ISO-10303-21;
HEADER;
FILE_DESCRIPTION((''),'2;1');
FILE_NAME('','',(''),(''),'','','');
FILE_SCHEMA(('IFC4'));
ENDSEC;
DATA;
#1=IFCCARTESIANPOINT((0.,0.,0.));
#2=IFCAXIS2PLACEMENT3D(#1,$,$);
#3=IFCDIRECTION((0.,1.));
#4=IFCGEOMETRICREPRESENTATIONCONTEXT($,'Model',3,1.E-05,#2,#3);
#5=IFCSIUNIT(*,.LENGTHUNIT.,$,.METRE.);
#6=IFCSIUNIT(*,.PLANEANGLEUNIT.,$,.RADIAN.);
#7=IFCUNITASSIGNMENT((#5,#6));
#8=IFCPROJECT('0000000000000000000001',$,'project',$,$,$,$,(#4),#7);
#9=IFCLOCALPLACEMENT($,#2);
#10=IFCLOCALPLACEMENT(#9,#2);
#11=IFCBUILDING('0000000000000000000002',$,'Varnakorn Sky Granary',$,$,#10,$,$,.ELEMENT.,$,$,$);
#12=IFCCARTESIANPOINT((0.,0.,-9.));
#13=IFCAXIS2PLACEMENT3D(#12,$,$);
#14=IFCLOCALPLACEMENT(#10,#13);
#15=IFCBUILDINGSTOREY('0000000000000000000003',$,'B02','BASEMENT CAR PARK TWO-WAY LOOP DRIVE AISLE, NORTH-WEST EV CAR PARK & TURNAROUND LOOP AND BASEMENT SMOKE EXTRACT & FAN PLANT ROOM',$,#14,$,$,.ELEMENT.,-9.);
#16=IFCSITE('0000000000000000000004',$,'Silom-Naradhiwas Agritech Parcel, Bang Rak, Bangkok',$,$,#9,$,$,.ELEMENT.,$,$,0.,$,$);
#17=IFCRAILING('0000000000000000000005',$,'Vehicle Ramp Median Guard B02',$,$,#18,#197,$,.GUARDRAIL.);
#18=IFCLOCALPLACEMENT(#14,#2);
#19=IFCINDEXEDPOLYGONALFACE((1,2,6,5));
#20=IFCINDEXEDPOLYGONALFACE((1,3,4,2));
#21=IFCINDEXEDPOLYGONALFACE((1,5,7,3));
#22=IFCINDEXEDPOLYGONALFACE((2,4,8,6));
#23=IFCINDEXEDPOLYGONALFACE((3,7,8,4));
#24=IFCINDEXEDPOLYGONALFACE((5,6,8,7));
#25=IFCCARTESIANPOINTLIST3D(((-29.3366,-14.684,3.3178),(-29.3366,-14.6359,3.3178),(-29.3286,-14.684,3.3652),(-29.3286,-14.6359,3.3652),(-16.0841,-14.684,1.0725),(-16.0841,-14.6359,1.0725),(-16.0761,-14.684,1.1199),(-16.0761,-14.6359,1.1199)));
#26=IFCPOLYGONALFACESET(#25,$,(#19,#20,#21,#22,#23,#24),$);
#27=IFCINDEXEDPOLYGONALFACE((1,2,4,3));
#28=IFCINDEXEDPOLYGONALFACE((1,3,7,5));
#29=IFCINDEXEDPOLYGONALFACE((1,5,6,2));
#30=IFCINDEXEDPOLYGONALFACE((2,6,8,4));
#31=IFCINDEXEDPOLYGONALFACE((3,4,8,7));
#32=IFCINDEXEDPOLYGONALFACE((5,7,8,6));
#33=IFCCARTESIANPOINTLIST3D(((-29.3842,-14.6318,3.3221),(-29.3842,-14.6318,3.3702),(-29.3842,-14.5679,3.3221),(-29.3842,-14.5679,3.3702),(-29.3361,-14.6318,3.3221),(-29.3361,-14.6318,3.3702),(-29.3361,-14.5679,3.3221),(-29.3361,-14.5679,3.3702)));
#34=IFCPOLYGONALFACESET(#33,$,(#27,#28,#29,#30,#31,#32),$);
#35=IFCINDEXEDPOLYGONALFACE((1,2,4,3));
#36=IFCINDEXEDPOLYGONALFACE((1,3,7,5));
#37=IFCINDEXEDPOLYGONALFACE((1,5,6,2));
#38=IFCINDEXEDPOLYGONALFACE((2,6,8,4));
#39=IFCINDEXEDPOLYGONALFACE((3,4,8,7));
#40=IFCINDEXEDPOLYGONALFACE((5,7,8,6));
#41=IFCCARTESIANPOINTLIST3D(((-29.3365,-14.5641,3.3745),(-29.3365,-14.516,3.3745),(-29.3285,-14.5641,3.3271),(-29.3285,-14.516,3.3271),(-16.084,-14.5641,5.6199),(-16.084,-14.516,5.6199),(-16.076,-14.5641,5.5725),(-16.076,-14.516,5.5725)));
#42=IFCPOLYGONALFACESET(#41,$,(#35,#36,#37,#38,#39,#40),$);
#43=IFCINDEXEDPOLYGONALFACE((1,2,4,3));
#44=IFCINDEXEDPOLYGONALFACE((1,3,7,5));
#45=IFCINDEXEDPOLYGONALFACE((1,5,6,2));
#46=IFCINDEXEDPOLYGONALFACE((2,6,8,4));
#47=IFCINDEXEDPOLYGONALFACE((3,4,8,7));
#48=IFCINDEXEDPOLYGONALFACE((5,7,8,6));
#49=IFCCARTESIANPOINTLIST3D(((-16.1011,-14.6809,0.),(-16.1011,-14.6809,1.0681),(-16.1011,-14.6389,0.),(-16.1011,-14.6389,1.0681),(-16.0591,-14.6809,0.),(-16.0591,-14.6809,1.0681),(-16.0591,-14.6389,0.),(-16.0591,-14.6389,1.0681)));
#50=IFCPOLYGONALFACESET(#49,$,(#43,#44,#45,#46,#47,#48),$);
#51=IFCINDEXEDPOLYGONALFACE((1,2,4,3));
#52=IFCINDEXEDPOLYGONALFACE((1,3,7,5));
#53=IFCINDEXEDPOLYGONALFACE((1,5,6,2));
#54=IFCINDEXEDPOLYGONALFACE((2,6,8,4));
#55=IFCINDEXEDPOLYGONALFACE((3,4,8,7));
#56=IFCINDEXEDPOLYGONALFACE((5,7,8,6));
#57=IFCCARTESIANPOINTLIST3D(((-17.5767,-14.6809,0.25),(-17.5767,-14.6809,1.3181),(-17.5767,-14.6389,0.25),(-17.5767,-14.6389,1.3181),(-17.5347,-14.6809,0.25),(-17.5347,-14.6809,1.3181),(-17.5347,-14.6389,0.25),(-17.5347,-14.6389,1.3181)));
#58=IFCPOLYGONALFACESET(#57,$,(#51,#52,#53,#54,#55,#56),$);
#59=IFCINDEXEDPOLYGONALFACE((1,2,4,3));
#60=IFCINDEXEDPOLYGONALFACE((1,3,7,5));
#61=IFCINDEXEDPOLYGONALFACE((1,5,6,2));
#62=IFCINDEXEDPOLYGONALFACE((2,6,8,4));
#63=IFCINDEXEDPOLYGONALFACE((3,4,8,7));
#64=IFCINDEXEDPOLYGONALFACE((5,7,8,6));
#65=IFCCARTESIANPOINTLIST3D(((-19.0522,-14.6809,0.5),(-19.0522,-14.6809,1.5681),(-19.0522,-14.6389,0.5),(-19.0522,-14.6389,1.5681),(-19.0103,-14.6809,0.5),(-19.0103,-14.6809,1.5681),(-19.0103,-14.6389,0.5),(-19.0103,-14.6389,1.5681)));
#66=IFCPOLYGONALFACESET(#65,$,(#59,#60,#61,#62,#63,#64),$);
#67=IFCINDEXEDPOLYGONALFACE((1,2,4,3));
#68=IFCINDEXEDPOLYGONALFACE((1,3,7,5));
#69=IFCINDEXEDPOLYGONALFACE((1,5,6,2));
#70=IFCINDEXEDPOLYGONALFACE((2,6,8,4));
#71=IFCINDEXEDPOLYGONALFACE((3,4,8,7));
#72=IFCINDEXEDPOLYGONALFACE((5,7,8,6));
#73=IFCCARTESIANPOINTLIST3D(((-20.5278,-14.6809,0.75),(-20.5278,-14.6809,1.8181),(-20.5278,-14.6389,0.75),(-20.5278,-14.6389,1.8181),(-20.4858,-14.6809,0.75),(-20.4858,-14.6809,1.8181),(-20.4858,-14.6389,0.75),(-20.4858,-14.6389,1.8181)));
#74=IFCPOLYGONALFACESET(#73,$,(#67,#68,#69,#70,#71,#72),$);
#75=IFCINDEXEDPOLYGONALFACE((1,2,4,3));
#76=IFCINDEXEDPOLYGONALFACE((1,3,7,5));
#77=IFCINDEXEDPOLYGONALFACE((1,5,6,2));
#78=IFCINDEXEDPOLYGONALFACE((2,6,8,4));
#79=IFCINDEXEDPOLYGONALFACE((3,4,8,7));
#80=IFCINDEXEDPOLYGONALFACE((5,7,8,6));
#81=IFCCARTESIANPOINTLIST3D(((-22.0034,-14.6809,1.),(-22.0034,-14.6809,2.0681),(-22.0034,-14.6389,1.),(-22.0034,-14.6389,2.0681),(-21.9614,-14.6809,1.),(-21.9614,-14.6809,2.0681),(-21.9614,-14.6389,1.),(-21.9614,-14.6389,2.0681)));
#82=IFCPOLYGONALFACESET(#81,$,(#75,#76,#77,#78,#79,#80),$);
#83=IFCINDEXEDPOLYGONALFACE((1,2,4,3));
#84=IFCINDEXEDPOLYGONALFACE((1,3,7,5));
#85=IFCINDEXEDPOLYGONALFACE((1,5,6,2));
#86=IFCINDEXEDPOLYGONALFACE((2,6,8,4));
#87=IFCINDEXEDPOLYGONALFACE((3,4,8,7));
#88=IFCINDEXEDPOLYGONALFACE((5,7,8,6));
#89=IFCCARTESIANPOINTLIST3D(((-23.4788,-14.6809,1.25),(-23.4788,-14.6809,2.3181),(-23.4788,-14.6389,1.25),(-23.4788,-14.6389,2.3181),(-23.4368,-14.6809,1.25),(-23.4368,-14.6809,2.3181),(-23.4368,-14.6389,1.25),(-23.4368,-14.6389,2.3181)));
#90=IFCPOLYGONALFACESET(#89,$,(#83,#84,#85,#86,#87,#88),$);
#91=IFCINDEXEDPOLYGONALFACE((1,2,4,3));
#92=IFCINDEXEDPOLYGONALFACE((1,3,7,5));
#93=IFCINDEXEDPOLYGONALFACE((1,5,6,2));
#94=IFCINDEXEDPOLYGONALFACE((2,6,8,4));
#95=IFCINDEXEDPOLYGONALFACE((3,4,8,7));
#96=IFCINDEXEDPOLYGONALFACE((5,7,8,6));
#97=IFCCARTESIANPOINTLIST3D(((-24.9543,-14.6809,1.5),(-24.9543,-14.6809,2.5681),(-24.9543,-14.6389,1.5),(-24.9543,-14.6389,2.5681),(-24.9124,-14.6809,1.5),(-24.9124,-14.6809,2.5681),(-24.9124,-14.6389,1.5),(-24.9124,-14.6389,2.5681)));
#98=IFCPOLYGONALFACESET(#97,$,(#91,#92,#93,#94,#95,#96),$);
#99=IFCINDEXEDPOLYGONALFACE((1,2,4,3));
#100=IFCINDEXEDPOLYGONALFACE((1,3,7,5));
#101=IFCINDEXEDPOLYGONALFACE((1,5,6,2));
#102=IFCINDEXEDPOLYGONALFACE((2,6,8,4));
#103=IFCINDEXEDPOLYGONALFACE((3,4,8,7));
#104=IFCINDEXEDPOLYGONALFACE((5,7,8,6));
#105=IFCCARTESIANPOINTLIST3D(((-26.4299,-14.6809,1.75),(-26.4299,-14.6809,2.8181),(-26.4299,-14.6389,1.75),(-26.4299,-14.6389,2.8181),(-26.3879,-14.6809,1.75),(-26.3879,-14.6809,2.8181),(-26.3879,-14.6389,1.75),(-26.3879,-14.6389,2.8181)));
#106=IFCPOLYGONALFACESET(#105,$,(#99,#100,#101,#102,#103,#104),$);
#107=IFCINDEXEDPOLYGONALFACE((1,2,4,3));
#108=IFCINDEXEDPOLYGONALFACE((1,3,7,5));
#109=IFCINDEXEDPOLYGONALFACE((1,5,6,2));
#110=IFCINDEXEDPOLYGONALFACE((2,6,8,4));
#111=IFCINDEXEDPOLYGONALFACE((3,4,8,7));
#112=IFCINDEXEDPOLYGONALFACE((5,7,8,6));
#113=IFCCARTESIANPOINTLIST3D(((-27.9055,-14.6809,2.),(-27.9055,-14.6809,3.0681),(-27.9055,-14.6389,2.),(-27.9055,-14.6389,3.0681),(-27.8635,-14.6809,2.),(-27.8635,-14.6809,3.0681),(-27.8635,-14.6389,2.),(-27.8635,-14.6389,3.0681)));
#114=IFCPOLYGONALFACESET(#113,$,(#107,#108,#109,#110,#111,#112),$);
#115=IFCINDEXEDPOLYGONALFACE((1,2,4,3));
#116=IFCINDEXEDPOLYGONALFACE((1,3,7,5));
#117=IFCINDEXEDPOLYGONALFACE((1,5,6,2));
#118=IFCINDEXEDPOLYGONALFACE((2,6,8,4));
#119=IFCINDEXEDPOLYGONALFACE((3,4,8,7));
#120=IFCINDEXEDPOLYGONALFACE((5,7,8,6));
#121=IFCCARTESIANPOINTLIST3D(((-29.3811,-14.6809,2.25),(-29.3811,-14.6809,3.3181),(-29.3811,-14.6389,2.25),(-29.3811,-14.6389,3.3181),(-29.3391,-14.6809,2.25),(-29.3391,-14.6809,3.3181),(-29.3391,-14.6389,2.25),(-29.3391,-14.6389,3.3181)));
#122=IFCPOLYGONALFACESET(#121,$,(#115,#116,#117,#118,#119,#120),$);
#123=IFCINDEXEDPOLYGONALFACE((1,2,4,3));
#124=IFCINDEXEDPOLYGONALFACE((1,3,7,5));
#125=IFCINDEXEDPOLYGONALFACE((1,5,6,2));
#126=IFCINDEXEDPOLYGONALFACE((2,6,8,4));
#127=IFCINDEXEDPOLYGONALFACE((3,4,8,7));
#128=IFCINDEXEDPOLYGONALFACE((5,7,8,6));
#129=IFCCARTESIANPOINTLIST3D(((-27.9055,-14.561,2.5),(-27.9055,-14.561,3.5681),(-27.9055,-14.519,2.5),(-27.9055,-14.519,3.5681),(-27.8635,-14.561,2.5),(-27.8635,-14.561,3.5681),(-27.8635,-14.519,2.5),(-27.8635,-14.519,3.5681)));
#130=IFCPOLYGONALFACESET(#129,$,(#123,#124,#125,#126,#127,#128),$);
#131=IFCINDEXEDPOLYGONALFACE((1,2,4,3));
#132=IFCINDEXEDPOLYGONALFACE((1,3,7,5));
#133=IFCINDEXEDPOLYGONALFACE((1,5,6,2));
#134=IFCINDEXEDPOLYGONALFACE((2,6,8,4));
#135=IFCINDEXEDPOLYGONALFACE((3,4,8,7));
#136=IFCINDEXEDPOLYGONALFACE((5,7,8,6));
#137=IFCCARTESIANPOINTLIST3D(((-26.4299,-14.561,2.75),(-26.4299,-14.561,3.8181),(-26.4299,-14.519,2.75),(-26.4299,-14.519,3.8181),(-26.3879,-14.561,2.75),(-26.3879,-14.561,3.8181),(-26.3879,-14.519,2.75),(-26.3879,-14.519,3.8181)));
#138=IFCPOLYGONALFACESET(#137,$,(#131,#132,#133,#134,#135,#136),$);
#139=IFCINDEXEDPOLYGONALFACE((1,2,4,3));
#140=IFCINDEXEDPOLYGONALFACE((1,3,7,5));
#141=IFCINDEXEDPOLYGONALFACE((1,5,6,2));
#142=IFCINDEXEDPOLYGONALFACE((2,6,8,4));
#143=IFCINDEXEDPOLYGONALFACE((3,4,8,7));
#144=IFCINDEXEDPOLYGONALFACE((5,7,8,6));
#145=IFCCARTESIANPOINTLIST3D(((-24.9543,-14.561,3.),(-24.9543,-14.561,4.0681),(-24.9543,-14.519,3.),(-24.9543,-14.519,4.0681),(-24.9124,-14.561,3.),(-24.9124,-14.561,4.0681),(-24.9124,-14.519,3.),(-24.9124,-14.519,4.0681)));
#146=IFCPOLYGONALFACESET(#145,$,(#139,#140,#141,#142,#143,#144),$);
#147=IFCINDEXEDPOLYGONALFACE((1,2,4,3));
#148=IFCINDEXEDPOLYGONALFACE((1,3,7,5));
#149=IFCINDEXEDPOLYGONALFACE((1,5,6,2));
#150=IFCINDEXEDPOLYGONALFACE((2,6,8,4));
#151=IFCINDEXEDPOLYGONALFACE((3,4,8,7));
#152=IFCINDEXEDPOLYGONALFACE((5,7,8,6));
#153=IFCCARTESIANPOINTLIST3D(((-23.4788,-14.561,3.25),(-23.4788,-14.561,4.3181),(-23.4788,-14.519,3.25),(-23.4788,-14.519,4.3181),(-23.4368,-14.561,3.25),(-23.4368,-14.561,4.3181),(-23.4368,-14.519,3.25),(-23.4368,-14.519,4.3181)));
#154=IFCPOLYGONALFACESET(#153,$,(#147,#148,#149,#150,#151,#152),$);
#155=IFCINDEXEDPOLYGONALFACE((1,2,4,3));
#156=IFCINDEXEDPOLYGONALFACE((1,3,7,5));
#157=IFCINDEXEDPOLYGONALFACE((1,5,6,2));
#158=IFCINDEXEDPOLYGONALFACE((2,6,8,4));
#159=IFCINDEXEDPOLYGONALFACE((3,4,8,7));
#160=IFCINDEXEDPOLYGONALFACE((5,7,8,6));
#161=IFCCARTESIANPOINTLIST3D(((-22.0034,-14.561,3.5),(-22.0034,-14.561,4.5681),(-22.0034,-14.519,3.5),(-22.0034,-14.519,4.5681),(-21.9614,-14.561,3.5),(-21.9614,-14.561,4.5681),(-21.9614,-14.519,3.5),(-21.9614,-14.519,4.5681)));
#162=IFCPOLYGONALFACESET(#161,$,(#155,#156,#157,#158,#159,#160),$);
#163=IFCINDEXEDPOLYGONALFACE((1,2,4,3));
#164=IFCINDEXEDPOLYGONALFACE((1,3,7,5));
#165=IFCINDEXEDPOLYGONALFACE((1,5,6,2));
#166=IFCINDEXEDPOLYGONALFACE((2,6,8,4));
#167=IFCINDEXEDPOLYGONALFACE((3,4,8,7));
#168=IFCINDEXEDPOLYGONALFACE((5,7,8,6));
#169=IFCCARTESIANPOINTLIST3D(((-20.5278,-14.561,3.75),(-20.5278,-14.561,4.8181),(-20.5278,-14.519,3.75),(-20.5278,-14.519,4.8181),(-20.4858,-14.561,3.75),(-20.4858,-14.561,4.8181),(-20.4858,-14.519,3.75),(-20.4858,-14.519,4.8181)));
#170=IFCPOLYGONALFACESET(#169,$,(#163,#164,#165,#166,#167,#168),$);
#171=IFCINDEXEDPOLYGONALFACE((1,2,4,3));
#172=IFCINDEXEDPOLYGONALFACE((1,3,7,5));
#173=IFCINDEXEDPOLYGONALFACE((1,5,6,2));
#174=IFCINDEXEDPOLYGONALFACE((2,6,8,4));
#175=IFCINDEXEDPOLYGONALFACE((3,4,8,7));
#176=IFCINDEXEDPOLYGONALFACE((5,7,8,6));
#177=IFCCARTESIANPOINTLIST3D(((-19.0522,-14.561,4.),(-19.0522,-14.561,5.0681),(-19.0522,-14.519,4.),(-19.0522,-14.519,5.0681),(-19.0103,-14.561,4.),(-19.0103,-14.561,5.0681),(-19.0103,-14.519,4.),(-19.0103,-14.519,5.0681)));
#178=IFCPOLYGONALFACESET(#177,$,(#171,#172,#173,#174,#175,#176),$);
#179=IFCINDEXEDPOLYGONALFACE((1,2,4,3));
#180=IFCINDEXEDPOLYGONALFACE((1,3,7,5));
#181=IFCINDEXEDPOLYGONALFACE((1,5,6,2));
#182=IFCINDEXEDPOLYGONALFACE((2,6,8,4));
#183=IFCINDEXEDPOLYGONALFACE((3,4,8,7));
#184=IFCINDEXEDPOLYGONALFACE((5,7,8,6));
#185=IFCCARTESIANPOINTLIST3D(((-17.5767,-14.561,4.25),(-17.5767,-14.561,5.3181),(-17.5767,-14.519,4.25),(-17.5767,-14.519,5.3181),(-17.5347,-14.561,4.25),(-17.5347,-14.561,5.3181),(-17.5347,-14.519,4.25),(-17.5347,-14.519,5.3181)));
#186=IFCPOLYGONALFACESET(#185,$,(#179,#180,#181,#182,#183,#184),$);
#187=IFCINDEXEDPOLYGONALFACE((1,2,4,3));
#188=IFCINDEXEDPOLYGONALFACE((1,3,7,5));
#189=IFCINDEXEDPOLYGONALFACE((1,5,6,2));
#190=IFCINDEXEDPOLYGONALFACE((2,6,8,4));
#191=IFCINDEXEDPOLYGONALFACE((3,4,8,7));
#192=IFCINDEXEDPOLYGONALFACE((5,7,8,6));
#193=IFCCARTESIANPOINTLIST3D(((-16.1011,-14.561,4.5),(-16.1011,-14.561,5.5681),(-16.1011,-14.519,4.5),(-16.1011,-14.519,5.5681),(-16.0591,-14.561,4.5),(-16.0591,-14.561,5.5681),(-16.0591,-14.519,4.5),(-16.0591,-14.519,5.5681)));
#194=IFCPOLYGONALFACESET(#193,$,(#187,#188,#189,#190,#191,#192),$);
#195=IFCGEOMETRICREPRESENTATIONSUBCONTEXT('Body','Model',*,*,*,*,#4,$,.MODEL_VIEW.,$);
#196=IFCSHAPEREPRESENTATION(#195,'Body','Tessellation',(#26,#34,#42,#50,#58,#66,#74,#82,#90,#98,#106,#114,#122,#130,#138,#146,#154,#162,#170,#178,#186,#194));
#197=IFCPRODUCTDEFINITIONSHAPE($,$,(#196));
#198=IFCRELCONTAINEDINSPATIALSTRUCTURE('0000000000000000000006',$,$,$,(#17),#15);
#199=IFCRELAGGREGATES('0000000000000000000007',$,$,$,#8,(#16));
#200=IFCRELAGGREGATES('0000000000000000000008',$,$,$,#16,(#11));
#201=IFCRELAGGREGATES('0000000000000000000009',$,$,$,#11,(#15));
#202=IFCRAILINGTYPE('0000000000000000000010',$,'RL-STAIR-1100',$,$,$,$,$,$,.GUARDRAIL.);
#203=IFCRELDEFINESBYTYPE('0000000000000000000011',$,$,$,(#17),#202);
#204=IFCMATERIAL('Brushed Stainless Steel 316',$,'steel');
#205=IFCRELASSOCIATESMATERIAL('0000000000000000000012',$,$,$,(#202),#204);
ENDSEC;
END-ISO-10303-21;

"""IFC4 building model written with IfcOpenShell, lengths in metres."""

from ifc_helpers import new_model, si_unit, direction, frame, origin, origin_2d, place, context, subcontext, project, spatial, rectangle, extrude, material, type_object, element, save


model = new_model("IFC4")

# Units and contexts
model_context = context("Model", 3, precision=1e-05, world=origin(), true_north=direction((0.0, 1.0)))
body_context = subcontext(model_context, "Body", "Model", "MODEL_VIEW")
ifc_project = project(units=[si_unit("LENGTHUNIT", "METRE"), si_unit("PLANEANGLEUNIT", "RADIAN")], contexts=[model_context])

# Site, building, storey
site_placement = place(None, origin())
site = spatial("IfcSite", under=ifc_project, at=site_placement, Name="Silom-Naradhiwas Agritech Parcel, Bang Rak, Bangkok", CompositionType="ELEMENT", RefElevation=0.0)
building_placement = place(site_placement, origin())
building = spatial("IfcBuilding", under=site, at=building_placement, Name="Varnakorn Sky Granary", CompositionType="ELEMENT")
storey_placement = place(building_placement, frame((0.0, 0.0, -9.0)))
storey = spatial("IfcBuildingStorey", under=building, at=storey_placement, Name="B02", Description="BASEMENT CAR PARK TWO-WAY LOOP DRIVE AISLE, NORTH-WEST EV CAR PARK & TURNAROUND LOOP AND BASEMENT SMOKE EXTRACT & FAN PLANT ROOM", CompositionType="ELEMENT", Elevation=-9.0)

# Railing
ifc_material_1 = material(Name="Brushed Stainless Steel 316", Category="steel")
railing_type = type_object("IfcRailingType", Name="RL-STAIR-1100", PredefinedType="GUARDRAIL", material=ifc_material_1)
railing_1_placement = place(storey_placement, frame((-16.0801, -14.6599, 0.0)))
element("IfcRailing", 1, at=railing_1_placement, inside=storey, type_object=railing_type, Name="Vehicle Ramp Median Guard B02", PredefinedType="GUARDRAIL", context=body_context, shape_type="SweptSolid", body=[
    extrude(rectangle(XDim=0.0481, YDim=0.0481, at=origin_2d()), frame((0.0, 0.0, 1.0962), z_axis=(-0.985949, 0.0, 0.167047), x_axis=(0.0, -1.0, 0.0)), (0.0, 0.0, 1.0), 13.4414),
    extrude(rectangle(XDim=0.0481, YDim=0.0481, at=origin_2d()), frame((-13.28, 0.0281, 3.3462), z_axis=(0.0, 1.0, 0.0), x_axis=(-1.0, 0.0, 0.0)), (0.0, 0.0, 1.0), 0.064),
    extrude(rectangle(XDim=0.0481, YDim=0.0481, at=origin_2d()), frame((-13.2524, 0.1199, 3.3508), z_axis=(0.985949, 0.0, 0.167047), x_axis=(0.0, 1.0, 0.0)), (0.0, 0.0, 1.0), 13.4414),
    extrude(rectangle(XDim=0.042, YDim=0.042, at=origin_2d()), origin(), (0.0, 0.0, 1.0), 1.0681),
    extrude(rectangle(XDim=0.042, YDim=0.042, at=origin_2d()), frame((-1.4756, 0.0, 0.25)), (0.0, 0.0, 1.0), 1.0681),
    extrude(rectangle(XDim=0.042, YDim=0.042, at=origin_2d()), frame((-2.9512, 0.0, 0.5)), (0.0, 0.0, 1.0), 1.0681),
    extrude(rectangle(XDim=0.042, YDim=0.042, at=origin_2d()), frame((-4.4268, 0.0, 0.75)), (0.0, 0.0, 1.0), 1.0681),
    extrude(rectangle(XDim=0.042, YDim=0.042, at=origin_2d()), frame((-5.9023, 0.0, 1.0)), (0.0, 0.0, 1.0), 1.0681),
    extrude(rectangle(XDim=0.042, YDim=0.042, at=origin_2d()), frame((-7.3777, 0.0, 1.25)), (0.0, 0.0, 1.0), 1.0681),
    extrude(rectangle(XDim=0.042, YDim=0.042, at=origin_2d()), frame((-8.8533, 0.0, 1.5)), (0.0, 0.0, 1.0), 1.0681),
    extrude(rectangle(XDim=0.042, YDim=0.042, at=origin_2d()), frame((-10.3289, 0.0, 1.75)), (0.0, 0.0, 1.0), 1.0681),
    extrude(rectangle(XDim=0.042, YDim=0.042, at=origin_2d()), frame((-11.8044, 0.0, 2.0)), (0.0, 0.0, 1.0), 1.0681),
    extrude(rectangle(XDim=0.042, YDim=0.042, at=origin_2d()), frame((-13.28, 0.0, 2.25)), (0.0, 0.0, 1.0), 1.0681),
    extrude(rectangle(XDim=0.042, YDim=0.042, at=origin_2d()), frame((-11.8044, 0.1199, 2.5)), (0.0, 0.0, 1.0), 1.0681),
    extrude(rectangle(XDim=0.042, YDim=0.042, at=origin_2d()), frame((-10.3289, 0.1199, 2.75)), (0.0, 0.0, 1.0), 1.0681),
    extrude(rectangle(XDim=0.042, YDim=0.042, at=origin_2d()), frame((-8.8533, 0.1199, 3.0)), (0.0, 0.0, 1.0), 1.0681),
    extrude(rectangle(XDim=0.042, YDim=0.042, at=origin_2d()), frame((-7.3777, 0.1199, 3.25)), (0.0, 0.0, 1.0), 1.0681),
    extrude(rectangle(XDim=0.042, YDim=0.042, at=origin_2d()), frame((-5.9023, 0.1199, 3.5)), (0.0, 0.0, 1.0), 1.0681),
    extrude(rectangle(XDim=0.042, YDim=0.042, at=origin_2d()), frame((-4.4268, 0.1199, 3.75)), (0.0, 0.0, 1.0), 1.0681),
    extrude(rectangle(XDim=0.042, YDim=0.042, at=origin_2d()), frame((-2.9512, 0.1199, 4.0)), (0.0, 0.0, 1.0), 1.0681),
    extrude(rectangle(XDim=0.042, YDim=0.042, at=origin_2d()), frame((-1.4756, 0.1199, 4.25)), (0.0, 0.0, 1.0), 1.0681),
    extrude(rectangle(XDim=0.042, YDim=0.042, at=origin_2d()), frame((0.0, 0.1199, 4.5)), (0.0, 0.0, 1.0), 1.0681),
])

save(model, "model.ifc")
